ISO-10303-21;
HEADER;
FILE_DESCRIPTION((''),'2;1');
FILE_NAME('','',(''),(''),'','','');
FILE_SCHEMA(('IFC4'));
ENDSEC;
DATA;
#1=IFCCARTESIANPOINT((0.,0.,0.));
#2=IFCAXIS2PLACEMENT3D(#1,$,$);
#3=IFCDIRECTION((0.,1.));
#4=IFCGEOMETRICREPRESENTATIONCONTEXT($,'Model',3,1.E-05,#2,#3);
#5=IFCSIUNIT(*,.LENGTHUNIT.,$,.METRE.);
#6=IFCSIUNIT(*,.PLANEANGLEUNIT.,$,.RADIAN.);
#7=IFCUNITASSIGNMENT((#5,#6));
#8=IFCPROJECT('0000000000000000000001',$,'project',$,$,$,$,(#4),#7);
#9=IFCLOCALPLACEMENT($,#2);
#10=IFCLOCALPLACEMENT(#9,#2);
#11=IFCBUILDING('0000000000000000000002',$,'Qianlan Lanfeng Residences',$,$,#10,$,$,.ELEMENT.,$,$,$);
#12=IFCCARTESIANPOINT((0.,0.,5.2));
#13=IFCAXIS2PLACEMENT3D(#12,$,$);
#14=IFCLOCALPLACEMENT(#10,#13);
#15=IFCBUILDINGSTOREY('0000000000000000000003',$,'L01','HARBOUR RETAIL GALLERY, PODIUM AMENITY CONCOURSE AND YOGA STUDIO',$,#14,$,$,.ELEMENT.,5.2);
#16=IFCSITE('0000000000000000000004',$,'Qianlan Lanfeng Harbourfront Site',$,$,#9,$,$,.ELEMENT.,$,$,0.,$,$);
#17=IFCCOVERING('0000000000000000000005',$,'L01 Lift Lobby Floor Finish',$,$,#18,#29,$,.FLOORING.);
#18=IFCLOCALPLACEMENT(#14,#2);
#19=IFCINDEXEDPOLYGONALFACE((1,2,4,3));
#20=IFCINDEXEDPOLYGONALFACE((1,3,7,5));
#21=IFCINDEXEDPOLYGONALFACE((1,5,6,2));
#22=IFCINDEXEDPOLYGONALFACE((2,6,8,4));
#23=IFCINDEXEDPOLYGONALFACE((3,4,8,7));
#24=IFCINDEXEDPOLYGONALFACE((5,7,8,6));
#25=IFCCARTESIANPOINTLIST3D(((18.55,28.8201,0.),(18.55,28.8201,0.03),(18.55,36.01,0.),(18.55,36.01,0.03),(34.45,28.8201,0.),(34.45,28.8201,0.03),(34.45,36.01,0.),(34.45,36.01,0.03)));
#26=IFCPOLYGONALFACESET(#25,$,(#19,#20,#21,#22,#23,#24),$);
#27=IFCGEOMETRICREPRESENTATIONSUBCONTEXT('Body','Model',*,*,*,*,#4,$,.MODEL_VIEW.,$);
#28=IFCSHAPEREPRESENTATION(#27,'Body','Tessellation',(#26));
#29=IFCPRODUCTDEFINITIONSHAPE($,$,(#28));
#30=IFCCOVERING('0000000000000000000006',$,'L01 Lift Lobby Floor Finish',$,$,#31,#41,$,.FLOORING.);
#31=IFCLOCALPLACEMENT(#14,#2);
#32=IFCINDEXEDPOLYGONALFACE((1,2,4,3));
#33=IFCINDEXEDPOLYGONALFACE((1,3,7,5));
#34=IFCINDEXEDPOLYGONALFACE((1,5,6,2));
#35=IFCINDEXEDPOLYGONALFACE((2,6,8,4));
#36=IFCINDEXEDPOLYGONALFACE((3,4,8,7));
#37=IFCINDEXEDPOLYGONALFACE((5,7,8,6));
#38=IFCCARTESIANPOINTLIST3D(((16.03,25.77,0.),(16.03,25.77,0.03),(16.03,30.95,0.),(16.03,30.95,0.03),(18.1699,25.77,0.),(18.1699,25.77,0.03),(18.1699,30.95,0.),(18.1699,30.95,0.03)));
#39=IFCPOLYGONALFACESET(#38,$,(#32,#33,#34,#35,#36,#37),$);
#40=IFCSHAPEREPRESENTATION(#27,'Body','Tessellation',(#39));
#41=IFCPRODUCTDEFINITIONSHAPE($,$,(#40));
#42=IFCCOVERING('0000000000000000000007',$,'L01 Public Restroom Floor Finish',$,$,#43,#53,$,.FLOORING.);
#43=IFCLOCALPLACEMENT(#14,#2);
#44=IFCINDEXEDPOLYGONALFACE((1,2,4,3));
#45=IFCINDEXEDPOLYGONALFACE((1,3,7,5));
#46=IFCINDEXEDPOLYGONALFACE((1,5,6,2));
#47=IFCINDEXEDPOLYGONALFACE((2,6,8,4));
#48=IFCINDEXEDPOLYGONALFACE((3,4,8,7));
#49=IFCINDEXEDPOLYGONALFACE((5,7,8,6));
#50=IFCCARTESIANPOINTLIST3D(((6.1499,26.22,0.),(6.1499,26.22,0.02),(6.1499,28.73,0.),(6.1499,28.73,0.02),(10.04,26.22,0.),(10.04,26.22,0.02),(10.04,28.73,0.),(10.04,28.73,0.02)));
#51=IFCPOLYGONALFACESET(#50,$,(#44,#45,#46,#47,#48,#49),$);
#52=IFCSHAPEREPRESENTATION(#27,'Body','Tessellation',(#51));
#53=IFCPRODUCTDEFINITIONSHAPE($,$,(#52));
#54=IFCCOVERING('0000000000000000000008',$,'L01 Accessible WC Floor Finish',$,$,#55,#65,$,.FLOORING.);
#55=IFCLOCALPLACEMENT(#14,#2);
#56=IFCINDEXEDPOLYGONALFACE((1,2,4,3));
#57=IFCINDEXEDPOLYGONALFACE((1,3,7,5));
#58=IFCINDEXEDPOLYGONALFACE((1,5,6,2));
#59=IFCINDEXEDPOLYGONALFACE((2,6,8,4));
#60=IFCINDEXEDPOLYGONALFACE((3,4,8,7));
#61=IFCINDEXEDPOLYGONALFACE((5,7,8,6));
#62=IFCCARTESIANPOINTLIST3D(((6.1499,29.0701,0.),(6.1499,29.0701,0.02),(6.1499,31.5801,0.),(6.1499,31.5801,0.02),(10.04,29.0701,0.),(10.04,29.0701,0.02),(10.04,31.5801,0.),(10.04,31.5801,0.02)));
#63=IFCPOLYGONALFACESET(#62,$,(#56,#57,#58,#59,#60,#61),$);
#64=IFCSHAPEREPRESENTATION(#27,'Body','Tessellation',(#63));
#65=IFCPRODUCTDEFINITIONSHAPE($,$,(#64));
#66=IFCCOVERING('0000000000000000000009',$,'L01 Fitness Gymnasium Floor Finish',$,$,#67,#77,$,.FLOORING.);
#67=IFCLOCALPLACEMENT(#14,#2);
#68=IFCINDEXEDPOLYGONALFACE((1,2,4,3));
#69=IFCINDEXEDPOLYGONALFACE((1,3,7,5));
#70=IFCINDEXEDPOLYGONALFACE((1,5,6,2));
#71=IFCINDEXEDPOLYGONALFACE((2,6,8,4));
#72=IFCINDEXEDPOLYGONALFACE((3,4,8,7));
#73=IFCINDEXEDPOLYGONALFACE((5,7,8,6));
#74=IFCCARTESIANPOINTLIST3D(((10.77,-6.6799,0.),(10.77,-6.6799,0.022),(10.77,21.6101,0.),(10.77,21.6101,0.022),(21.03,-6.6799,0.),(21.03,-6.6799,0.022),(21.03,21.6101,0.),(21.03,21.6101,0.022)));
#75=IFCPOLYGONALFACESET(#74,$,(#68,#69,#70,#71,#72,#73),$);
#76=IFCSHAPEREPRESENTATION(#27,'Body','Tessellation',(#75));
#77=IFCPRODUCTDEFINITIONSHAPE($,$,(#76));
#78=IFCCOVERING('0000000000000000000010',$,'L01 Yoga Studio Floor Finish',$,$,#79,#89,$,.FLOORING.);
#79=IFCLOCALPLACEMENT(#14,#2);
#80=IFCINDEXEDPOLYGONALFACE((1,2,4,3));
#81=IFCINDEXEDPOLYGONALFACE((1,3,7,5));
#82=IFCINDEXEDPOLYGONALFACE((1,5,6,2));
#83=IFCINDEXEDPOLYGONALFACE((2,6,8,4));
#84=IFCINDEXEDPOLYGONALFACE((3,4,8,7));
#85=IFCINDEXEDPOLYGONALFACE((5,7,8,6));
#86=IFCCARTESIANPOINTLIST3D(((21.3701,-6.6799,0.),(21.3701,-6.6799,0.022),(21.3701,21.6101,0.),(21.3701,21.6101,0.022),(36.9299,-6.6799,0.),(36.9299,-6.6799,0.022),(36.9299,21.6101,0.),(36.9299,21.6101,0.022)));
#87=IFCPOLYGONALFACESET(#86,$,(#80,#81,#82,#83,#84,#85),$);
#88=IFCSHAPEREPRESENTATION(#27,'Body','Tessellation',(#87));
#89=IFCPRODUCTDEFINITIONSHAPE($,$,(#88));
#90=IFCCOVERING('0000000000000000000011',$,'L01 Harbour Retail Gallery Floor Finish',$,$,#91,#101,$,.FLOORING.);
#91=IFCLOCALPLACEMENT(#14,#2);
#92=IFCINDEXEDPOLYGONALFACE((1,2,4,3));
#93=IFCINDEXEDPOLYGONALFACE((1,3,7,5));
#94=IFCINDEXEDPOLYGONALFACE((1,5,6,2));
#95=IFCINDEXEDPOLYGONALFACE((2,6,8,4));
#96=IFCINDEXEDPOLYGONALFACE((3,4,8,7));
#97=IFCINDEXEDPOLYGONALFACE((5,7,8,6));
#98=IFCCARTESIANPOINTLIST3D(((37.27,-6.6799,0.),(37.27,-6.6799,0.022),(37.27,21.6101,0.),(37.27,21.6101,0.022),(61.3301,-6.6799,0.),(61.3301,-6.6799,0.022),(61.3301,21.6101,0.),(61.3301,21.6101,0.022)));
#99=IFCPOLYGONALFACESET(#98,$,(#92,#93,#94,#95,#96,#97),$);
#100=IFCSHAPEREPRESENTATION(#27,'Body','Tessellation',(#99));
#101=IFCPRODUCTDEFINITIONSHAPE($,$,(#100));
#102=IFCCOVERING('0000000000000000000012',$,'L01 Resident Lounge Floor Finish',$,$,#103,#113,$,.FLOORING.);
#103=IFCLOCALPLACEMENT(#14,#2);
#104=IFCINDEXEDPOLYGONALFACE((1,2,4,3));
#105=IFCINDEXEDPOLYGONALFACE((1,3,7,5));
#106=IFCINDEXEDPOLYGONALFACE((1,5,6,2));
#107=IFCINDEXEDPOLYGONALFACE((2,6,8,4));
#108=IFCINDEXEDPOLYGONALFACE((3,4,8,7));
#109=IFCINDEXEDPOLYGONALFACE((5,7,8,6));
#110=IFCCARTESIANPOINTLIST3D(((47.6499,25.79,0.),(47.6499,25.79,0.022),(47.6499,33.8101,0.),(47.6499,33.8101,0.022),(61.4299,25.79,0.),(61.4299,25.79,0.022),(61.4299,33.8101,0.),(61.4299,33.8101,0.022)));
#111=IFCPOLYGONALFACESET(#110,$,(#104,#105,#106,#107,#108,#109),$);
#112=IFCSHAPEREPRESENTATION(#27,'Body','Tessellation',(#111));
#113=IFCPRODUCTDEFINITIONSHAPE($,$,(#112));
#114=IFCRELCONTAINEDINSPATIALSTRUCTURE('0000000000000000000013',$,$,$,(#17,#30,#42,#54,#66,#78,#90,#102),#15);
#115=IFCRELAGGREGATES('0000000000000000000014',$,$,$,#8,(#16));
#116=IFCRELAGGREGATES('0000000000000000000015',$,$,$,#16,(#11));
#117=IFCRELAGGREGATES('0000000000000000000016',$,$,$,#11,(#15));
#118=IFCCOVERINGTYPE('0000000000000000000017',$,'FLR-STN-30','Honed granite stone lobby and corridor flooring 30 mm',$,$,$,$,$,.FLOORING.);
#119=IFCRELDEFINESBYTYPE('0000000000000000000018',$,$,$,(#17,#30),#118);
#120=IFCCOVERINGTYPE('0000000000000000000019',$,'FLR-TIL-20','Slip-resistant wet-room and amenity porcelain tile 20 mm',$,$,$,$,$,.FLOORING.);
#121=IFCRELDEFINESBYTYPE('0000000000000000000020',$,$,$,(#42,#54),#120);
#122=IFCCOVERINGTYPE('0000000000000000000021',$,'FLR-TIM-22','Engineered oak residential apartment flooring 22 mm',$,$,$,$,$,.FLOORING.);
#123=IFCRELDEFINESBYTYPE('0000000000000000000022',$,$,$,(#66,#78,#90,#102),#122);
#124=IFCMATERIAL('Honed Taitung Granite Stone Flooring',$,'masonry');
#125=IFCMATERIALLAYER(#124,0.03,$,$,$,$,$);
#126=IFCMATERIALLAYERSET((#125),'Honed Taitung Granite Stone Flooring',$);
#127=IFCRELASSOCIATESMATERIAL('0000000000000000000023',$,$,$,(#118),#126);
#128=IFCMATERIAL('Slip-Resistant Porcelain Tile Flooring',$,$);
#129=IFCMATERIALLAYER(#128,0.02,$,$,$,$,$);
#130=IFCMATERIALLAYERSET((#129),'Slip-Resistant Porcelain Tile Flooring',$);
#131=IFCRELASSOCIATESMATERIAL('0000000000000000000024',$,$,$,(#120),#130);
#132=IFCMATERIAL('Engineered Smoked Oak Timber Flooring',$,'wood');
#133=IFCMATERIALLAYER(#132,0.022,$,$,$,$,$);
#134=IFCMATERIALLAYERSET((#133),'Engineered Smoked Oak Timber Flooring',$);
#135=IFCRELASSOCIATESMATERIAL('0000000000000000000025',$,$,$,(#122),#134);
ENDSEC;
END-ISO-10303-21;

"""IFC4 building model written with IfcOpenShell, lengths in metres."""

from ifc_helpers import new_model, si_unit, direction, frame, origin, place, context, subcontext, project, spatial, polyline, outline, extrude, material, layer, layer_set, type_object, element, save


model = new_model("IFC4")

# Units and contexts
model_context = context("Model", 3, precision=1e-05, world=origin(), true_north=direction((0.0, 1.0)))
body_context = subcontext(model_context, "Body", "Model", "MODEL_VIEW")
ifc_project = project(units=[si_unit("LENGTHUNIT", "METRE"), si_unit("PLANEANGLEUNIT", "RADIAN")], contexts=[model_context])

# Site, building, storey
site_placement = place(None, origin())
site = spatial("IfcSite", under=ifc_project, at=site_placement, Name="Qianlan Lanfeng Harbourfront Site", CompositionType="ELEMENT", RefElevation=0.0)
building_placement = place(site_placement, origin())
building = spatial("IfcBuilding", under=site, at=building_placement, Name="Qianlan Lanfeng Residences", CompositionType="ELEMENT")
storey_placement = place(building_placement, frame((0.0, 0.0, 5.2)))
storey = spatial("IfcBuildingStorey", under=building, at=storey_placement, Name="L01", Description="HARBOUR RETAIL GALLERY, PODIUM AMENITY CONCOURSE AND YOGA STUDIO", CompositionType="ELEMENT", Elevation=5.2)

# Coverings
ifc_material_1 = material(Name="Honed Taitung Granite Stone Flooring", Category="masonry")
ifc_layer_1 = layer(ifc_material_1, 0.03)
ifc_layer_set_1 = layer_set([ifc_layer_1], Name="Honed Taitung Granite Stone Flooring")
covering_type_1 = type_object("IfcCoveringType", Name="FLR-STN-30", Description="Honed granite stone lobby and corridor flooring 30 mm", PredefinedType="FLOORING", material=ifc_layer_set_1)
covering_1_placement = place(storey_placement, origin())
element("IfcCovering", 1, at=covering_1_placement, inside=storey, type_object=covering_type_1, Name="L01 Lift Lobby Floor Finish", PredefinedType="FLOORING", context=body_context, shape_type="SweptSolid", body=[
    extrude(outline(polyline([(18.55, 28.8201), (34.45, 28.8201), (34.45, 36.01), (18.55, 36.01), (18.55, 28.8201)])), origin(), (0.0, 0.0, 1.0), 0.03),
])
covering_2_placement = place(storey_placement, origin())
element("IfcCovering", 2, at=covering_2_placement, inside=storey, type_object=covering_type_1, Name="L01 Lift Lobby Floor Finish", PredefinedType="FLOORING", context=body_context, shape_type="SweptSolid", body=[
    extrude(outline(polyline([(16.03, 25.77), (18.1699, 25.77), (18.1699, 30.95), (16.03, 30.95), (16.03, 25.77)])), origin(), (0.0, 0.0, 1.0), 0.03),
])
ifc_material_2 = material(Name="Slip-Resistant Porcelain Tile Flooring")
ifc_layer_2 = layer(ifc_material_2, 0.02)
ifc_layer_set_2 = layer_set([ifc_layer_2], Name="Slip-Resistant Porcelain Tile Flooring")
covering_type_2 = type_object("IfcCoveringType", Name="FLR-TIL-20", Description="Slip-resistant wet-room and amenity porcelain tile 20 mm", PredefinedType="FLOORING", material=ifc_layer_set_2)
covering_3_placement = place(storey_placement, origin())
element("IfcCovering", 3, at=covering_3_placement, inside=storey, type_object=covering_type_2, Name="L01 Public Restroom Floor Finish", PredefinedType="FLOORING", context=body_context, shape_type="SweptSolid", body=[
    extrude(outline(polyline([(6.1499, 26.22), (10.04, 26.22), (10.04, 28.73), (6.1499, 28.73), (6.1499, 26.22)])), origin(), (0.0, 0.0, 1.0), 0.02),
])
covering_4_placement = place(storey_placement, origin())
element("IfcCovering", 4, at=covering_4_placement, inside=storey, type_object=covering_type_2, Name="L01 Accessible WC Floor Finish", PredefinedType="FLOORING", context=body_context, shape_type="SweptSolid", body=[
    extrude(outline(polyline([(6.1499, 29.0701), (10.04, 29.0701), (10.04, 31.5801), (6.1499, 31.5801), (6.1499, 29.0701)])), origin(), (0.0, 0.0, 1.0), 0.02),
])
ifc_material_3 = material(Name="Engineered Smoked Oak Timber Flooring", Category="wood")
ifc_layer_3 = layer(ifc_material_3, 0.022)
ifc_layer_set_3 = layer_set([ifc_layer_3], Name="Engineered Smoked Oak Timber Flooring")
covering_type_3 = type_object("IfcCoveringType", Name="FLR-TIM-22", Description="Engineered oak residential apartment flooring 22 mm", PredefinedType="FLOORING", material=ifc_layer_set_3)
covering_5_placement = place(storey_placement, origin())
element("IfcCovering", 5, at=covering_5_placement, inside=storey, type_object=covering_type_3, Name="L01 Fitness Gymnasium Floor Finish", PredefinedType="FLOORING", context=body_context, shape_type="SweptSolid", body=[
    extrude(outline(polyline([(10.77, -6.6799), (21.03, -6.6799), (21.03, 21.6101), (10.77, 21.6101), (10.77, -6.6799)])), origin(), (0.0, 0.0, 1.0), 0.022),
])
covering_6_placement = place(storey_placement, origin())
element("IfcCovering", 6, at=covering_6_placement, inside=storey, type_object=covering_type_3, Name="L01 Yoga Studio Floor Finish", PredefinedType="FLOORING", context=body_context, shape_type="SweptSolid", body=[
    extrude(outline(polyline([(21.3701, -6.6799), (36.9299, -6.6799), (36.9299, 21.6101), (21.3701, 21.6101), (21.3701, -6.6799)])), origin(), (0.0, 0.0, 1.0), 0.022),
])
covering_7_placement = place(storey_placement, origin())
element("IfcCovering", 7, at=covering_7_placement, inside=storey, type_object=covering_type_3, Name="L01 Harbour Retail Gallery Floor Finish", PredefinedType="FLOORING", context=body_context, shape_type="SweptSolid", body=[
    extrude(outline(polyline([(37.27, -6.6799), (61.3301, -6.6799), (61.3301, 21.6101), (37.27, 21.6101), (37.27, -6.6799)])), origin(), (0.0, 0.0, 1.0), 0.022),
])
covering_8_placement = place(storey_placement, origin())
element("IfcCovering", 8, at=covering_8_placement, inside=storey, type_object=covering_type_3, Name="L01 Resident Lounge Floor Finish", PredefinedType="FLOORING", context=body_context, shape_type="SweptSolid", body=[
    extrude(outline(polyline([(47.6499, 25.79), (61.4299, 25.79), (61.4299, 33.8101), (47.6499, 33.8101), (47.6499, 25.79)])), origin(), (0.0, 0.0, 1.0), 0.022),
])

save(model, "model.ifc")
